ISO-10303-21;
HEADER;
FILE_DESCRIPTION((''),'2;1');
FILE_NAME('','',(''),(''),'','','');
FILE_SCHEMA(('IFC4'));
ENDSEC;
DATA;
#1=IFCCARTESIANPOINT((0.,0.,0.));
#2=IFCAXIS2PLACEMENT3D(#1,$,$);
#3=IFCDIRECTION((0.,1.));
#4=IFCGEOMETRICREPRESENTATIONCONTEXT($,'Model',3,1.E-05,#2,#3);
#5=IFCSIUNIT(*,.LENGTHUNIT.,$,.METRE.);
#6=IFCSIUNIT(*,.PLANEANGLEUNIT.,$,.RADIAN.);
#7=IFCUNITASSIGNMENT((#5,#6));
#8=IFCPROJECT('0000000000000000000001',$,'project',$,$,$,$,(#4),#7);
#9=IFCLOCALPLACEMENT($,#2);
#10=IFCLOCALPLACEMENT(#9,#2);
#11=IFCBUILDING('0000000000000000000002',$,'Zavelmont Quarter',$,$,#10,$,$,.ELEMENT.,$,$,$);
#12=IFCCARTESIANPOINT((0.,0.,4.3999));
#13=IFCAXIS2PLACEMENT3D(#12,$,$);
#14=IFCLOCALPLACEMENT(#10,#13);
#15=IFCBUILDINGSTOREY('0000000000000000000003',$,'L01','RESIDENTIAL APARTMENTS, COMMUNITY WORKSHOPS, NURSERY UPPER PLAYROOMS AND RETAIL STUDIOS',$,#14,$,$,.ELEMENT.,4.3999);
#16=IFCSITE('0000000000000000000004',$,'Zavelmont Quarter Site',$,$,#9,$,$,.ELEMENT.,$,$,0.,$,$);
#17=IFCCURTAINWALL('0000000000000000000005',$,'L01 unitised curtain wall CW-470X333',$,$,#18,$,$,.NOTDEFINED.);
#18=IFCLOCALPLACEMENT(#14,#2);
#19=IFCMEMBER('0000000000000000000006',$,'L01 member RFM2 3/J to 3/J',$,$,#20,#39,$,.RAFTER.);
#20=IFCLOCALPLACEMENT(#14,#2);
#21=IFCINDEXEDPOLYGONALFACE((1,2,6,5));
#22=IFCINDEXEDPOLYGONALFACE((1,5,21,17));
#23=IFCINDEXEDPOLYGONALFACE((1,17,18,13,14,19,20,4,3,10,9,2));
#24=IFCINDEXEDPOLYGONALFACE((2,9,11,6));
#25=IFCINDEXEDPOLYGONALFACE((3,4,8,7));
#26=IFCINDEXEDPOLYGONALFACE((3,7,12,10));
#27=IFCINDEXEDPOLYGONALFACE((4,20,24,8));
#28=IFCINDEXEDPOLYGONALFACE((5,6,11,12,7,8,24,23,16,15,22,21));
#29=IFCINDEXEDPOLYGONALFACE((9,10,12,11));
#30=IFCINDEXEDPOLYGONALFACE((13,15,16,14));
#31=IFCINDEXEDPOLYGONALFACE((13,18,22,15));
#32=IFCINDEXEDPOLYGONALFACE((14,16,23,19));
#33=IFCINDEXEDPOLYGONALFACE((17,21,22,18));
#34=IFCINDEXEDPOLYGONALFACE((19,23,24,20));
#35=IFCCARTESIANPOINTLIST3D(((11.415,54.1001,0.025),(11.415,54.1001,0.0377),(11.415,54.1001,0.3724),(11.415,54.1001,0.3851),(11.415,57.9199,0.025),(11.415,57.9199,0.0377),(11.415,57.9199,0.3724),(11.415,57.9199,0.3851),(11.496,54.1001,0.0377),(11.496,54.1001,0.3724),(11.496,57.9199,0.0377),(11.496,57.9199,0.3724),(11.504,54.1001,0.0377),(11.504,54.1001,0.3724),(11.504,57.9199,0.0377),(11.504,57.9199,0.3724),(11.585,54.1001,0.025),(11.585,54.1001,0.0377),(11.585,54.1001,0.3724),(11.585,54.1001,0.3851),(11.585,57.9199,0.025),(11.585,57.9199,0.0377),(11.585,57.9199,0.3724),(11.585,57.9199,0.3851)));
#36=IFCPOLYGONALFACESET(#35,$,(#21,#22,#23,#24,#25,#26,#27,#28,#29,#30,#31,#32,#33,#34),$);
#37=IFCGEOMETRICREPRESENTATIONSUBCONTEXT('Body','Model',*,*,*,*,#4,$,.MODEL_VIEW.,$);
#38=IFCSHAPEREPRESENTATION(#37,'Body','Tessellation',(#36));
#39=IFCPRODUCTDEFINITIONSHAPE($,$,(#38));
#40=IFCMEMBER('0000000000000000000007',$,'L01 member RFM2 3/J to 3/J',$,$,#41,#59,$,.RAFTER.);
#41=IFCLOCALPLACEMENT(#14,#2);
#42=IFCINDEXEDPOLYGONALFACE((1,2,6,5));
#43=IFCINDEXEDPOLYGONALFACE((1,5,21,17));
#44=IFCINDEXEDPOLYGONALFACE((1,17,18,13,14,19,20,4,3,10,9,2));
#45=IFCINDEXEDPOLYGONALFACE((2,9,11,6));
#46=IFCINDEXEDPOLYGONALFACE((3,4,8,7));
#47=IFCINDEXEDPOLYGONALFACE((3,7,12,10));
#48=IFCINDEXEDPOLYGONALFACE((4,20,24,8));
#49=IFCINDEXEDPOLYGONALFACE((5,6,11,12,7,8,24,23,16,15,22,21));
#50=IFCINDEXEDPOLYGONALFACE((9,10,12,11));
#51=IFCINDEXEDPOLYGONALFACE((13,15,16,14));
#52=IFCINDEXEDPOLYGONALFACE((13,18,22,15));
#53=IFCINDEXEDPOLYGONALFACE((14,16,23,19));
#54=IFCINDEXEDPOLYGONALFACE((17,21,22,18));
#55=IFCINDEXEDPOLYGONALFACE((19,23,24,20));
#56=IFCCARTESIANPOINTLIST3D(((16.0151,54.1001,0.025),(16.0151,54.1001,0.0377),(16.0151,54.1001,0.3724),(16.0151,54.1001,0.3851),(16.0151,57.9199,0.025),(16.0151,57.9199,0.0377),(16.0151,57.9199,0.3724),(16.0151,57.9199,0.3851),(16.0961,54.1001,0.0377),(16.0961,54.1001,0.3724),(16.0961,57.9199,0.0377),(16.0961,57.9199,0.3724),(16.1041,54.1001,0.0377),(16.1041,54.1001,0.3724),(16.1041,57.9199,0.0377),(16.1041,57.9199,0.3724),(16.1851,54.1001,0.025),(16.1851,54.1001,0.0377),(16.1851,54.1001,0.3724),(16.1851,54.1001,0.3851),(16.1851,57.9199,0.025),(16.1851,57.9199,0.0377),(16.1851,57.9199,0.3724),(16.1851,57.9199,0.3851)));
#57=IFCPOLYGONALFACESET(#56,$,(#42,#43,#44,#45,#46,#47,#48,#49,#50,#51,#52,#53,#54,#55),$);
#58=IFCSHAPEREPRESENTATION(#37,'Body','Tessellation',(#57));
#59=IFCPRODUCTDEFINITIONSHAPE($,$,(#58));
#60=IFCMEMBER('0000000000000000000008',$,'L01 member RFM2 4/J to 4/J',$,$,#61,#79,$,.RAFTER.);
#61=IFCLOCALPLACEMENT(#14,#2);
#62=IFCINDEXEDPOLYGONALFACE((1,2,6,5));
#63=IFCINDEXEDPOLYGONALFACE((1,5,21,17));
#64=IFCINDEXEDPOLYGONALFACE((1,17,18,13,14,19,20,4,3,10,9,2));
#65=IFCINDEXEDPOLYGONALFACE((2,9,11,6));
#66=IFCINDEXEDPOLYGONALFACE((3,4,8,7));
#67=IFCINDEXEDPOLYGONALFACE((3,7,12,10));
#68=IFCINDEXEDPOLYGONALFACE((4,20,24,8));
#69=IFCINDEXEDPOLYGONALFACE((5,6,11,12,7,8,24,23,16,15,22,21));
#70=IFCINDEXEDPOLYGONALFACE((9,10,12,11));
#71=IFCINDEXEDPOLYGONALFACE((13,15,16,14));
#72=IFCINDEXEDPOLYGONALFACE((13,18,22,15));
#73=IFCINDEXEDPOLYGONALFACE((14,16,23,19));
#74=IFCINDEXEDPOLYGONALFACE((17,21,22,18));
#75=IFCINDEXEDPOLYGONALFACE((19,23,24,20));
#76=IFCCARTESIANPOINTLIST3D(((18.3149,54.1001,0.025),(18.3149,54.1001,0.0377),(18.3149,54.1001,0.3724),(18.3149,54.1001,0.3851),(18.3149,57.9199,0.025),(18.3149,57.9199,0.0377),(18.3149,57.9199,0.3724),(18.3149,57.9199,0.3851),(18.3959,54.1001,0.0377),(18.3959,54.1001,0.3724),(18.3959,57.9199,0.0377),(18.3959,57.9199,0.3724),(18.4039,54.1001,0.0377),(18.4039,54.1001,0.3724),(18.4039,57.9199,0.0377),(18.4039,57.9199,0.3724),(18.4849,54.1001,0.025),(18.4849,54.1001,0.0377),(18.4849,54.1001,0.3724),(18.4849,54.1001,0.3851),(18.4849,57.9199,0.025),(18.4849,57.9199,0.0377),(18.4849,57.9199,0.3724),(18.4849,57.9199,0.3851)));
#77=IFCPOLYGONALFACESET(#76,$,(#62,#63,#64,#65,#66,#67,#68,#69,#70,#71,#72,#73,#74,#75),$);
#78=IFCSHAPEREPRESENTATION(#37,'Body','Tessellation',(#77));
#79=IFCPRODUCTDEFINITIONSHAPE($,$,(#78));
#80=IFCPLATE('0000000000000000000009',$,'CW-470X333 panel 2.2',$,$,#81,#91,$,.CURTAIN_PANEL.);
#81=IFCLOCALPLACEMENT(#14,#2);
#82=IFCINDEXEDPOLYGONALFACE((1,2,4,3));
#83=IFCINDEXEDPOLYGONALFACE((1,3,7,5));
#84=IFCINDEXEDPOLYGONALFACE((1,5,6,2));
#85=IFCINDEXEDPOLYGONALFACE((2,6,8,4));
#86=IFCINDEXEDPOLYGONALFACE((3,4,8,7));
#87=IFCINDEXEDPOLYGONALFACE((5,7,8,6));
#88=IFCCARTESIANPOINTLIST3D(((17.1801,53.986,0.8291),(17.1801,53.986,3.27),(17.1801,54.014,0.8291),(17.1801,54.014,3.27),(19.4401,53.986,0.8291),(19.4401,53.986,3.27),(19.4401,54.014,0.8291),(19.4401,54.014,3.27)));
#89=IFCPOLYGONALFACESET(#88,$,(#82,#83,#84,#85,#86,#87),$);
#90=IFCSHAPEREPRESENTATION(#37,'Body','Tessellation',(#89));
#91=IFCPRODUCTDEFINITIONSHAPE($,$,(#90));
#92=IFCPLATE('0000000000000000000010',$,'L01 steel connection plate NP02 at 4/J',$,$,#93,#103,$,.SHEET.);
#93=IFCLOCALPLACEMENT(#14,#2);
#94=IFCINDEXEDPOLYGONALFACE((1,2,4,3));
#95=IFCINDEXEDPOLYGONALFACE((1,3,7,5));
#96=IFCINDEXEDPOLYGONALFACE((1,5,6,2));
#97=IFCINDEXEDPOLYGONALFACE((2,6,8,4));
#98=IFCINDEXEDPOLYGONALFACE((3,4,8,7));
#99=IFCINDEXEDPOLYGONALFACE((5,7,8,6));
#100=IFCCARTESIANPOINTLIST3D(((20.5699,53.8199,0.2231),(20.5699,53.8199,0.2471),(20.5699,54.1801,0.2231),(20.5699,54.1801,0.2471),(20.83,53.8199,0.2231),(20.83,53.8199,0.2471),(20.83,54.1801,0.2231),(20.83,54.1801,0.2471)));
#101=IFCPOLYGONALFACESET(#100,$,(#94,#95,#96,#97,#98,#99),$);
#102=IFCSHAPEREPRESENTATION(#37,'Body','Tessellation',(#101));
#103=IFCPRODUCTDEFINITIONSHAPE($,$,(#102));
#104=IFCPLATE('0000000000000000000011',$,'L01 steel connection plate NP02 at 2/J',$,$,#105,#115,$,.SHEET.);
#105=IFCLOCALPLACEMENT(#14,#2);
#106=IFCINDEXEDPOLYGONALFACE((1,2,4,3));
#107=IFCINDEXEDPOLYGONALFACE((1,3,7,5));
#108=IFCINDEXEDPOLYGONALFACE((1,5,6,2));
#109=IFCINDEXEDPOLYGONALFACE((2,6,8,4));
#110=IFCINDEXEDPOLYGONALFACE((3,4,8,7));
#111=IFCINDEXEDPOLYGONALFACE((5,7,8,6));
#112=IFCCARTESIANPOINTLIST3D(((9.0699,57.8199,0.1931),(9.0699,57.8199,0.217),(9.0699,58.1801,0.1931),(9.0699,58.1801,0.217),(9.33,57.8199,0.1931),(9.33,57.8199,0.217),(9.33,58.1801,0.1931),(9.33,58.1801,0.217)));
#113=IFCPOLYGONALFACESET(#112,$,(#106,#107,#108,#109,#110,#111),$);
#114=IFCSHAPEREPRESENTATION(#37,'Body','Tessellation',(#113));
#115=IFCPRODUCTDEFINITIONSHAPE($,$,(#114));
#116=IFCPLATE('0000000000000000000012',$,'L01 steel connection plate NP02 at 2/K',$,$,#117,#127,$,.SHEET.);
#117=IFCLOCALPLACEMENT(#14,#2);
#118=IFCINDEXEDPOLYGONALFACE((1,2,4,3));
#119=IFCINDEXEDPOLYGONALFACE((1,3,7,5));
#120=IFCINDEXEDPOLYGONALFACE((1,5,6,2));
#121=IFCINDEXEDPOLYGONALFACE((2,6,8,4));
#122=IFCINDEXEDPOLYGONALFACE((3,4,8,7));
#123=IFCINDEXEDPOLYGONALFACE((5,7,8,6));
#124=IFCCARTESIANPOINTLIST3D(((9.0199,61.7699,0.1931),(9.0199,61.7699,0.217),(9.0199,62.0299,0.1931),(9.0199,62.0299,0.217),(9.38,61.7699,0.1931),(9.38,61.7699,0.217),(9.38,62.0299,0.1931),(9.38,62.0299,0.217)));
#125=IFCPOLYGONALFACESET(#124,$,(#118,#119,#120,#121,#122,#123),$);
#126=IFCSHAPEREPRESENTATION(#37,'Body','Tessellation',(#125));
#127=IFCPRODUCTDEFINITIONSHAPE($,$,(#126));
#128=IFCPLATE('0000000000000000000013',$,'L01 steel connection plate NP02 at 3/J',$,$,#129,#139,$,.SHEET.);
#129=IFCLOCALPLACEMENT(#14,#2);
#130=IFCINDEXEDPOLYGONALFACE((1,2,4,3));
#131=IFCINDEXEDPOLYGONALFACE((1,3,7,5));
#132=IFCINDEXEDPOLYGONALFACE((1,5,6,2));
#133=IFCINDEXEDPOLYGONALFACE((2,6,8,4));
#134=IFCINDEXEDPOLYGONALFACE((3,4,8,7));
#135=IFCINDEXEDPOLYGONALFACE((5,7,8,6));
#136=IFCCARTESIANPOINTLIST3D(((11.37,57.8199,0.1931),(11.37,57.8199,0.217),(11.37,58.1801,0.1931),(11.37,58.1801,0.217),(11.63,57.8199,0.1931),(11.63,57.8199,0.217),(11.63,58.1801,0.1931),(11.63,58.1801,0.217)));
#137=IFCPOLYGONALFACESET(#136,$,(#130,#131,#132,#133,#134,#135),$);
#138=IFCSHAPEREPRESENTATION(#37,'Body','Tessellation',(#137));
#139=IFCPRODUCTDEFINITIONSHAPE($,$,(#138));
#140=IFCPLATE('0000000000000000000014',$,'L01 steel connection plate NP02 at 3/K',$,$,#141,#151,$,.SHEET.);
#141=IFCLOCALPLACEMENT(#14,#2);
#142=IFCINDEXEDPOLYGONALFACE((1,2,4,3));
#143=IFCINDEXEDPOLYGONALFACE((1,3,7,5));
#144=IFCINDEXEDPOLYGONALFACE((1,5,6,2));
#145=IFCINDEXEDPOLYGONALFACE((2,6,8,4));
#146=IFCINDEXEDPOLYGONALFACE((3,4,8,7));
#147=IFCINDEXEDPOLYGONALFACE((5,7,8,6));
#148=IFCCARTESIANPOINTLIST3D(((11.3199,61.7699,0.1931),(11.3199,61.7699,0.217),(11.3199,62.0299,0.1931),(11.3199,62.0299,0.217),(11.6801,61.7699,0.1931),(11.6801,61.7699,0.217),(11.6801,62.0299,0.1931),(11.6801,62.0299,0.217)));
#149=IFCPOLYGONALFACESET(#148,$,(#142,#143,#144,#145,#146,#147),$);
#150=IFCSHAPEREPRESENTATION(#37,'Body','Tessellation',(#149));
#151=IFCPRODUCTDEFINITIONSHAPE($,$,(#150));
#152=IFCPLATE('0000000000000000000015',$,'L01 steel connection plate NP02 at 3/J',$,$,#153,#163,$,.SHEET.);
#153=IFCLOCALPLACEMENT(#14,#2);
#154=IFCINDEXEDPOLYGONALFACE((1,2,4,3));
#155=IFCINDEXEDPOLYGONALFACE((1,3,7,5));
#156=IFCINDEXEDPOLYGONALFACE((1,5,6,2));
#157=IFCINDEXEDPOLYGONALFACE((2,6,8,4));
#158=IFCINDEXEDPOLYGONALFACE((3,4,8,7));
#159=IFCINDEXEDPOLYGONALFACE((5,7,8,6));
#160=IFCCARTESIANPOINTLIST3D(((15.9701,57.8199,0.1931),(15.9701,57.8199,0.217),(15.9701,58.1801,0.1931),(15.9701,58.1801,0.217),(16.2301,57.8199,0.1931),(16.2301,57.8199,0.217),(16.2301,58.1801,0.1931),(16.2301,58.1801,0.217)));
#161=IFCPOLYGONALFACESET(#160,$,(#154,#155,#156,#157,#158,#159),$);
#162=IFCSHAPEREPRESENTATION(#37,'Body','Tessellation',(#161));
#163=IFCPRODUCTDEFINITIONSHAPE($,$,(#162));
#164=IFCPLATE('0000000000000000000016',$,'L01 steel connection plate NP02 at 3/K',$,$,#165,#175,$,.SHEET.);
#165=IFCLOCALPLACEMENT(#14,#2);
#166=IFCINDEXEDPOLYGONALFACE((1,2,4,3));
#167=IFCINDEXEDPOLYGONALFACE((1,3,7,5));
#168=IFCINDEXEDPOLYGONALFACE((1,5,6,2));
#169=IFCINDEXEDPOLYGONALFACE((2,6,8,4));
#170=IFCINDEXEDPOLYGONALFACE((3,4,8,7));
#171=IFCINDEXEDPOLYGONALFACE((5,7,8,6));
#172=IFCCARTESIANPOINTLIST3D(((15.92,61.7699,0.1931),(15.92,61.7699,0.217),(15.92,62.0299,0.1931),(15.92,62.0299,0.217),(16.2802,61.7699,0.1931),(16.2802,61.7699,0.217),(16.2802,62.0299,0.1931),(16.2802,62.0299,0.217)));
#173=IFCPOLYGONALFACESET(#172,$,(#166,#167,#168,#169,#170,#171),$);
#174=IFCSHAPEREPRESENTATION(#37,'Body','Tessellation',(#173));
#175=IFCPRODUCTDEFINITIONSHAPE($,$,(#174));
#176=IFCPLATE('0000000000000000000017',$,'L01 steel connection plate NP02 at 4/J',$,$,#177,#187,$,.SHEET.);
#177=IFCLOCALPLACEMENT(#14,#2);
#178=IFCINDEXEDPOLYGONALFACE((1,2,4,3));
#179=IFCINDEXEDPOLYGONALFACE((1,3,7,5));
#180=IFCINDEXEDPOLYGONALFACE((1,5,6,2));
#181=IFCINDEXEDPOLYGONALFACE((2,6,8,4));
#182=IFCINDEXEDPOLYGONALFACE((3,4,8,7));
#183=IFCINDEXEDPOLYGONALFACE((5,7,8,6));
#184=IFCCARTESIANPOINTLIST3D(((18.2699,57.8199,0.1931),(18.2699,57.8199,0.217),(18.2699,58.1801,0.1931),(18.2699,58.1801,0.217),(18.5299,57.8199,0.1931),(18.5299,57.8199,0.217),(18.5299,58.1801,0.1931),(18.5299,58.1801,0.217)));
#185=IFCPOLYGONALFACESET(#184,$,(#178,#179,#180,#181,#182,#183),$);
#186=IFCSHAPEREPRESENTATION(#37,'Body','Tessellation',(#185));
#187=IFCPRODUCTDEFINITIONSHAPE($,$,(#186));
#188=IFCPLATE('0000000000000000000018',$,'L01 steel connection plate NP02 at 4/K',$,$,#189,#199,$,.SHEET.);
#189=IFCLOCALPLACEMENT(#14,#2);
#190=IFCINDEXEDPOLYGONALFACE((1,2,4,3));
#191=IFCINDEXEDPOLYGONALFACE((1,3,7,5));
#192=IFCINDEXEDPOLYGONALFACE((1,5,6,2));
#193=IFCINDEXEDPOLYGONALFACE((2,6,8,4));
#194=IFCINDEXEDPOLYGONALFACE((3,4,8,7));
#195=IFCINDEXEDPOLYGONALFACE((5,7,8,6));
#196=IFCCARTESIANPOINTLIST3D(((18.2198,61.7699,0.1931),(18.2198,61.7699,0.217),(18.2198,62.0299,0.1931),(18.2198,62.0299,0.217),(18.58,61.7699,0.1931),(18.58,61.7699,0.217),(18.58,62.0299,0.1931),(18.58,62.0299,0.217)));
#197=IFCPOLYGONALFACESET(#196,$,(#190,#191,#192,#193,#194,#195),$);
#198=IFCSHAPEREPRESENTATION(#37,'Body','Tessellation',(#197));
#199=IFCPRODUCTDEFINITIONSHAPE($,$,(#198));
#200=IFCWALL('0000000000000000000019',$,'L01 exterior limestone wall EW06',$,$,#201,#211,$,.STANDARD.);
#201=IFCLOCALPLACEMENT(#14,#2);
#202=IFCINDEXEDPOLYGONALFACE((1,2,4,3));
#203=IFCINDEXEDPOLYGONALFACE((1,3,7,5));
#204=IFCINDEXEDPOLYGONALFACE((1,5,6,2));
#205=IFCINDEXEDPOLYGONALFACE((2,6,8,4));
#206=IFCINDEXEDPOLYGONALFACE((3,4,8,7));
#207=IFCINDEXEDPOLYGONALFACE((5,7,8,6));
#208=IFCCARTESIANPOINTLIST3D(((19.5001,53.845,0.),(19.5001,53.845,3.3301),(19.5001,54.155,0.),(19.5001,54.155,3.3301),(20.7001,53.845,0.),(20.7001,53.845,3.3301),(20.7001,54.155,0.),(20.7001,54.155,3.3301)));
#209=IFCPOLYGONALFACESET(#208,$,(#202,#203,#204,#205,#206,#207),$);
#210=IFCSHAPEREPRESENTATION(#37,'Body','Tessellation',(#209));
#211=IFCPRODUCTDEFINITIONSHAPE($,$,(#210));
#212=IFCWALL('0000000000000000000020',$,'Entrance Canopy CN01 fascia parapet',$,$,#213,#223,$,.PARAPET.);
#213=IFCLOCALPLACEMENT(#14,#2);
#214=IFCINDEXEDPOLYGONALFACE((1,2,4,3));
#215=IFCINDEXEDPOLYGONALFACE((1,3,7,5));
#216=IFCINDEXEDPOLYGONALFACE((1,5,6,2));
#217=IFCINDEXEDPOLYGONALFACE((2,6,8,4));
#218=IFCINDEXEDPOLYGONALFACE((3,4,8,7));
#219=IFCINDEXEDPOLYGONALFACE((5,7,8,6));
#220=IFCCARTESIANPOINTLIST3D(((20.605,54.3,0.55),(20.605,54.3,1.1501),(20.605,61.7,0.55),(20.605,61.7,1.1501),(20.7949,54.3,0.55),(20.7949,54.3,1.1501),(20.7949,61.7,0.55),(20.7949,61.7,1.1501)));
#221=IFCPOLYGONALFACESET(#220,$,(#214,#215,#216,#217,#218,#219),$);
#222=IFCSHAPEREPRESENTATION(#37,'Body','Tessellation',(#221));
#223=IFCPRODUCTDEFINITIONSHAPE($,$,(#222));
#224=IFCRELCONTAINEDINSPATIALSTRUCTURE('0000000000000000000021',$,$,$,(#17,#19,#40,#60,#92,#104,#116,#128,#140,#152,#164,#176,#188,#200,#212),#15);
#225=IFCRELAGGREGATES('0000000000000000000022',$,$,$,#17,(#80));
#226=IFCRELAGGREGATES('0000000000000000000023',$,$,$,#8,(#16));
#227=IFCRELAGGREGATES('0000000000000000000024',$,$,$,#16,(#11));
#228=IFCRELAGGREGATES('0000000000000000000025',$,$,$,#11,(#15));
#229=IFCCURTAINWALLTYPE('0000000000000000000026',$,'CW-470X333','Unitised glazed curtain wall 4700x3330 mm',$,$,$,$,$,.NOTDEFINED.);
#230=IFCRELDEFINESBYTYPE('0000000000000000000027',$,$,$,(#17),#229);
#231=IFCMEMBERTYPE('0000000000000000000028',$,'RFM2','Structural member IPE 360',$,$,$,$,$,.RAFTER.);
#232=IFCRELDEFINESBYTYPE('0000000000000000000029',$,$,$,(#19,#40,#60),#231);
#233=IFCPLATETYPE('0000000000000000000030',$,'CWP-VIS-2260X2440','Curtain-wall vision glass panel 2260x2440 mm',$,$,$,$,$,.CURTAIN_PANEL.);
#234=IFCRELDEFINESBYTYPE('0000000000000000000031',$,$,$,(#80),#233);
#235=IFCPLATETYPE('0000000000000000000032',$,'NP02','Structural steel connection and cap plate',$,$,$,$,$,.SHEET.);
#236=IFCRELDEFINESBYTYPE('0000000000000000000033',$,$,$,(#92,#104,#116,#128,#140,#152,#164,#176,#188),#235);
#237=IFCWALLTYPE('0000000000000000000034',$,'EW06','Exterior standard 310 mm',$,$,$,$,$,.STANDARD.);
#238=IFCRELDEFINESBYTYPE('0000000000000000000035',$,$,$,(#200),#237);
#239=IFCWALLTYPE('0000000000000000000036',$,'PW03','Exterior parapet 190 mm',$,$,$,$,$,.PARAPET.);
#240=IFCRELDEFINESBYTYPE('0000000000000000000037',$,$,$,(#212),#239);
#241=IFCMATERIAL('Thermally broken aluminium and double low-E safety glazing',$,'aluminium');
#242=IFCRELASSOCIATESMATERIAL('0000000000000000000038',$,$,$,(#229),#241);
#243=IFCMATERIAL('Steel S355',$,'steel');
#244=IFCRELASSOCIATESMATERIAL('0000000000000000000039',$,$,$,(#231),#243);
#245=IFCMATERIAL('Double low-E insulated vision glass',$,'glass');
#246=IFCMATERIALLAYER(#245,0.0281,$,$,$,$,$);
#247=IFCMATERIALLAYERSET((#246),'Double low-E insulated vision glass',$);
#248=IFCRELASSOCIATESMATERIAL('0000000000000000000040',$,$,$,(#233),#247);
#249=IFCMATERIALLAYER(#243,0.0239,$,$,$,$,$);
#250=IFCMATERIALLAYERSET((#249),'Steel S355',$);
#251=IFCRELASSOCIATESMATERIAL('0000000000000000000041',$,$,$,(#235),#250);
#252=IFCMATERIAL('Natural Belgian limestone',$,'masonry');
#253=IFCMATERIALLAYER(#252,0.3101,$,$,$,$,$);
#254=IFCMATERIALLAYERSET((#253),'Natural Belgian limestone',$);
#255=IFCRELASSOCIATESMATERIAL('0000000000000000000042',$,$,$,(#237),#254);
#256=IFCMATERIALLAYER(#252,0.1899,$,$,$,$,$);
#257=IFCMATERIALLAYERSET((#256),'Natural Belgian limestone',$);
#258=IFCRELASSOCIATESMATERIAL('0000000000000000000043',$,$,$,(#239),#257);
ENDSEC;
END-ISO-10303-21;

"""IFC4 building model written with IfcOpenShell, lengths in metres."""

from ifc_helpers import new_model, si_unit, direction, frame, frame_2d, origin, origin_2d, place, context, subcontext, project, spatial, rectangle, i_section, extrude, material, layer, layer_set, material_profile, profile_set, type_object, element, aggregate, save


model = new_model("IFC4")

# Units and contexts
model_context = context("Model", 3, precision=1e-05, world=origin(), true_north=direction((0.0, 1.0)))
body_context = subcontext(model_context, "Body", "Model", "MODEL_VIEW")
ifc_project = project(units=[si_unit("LENGTHUNIT", "METRE"), si_unit("PLANEANGLEUNIT", "RADIAN")], contexts=[model_context])

# Site, building, storey
site_placement = place(None, origin())
site = spatial("IfcSite", under=ifc_project, at=site_placement, Name="Zavelmont Quarter Site", CompositionType="ELEMENT", RefElevation=0.0)
building_placement = place(site_placement, origin())
building = spatial("IfcBuilding", under=site, at=building_placement, Name="Zavelmont Quarter", CompositionType="ELEMENT")
storey_placement = place(building_placement, frame((0.0, 0.0, 4.3999)))
storey = spatial("IfcBuildingStorey", under=building, at=storey_placement, Name="L01", Description="RESIDENTIAL APARTMENTS, COMMUNITY WORKSHOPS, NURSERY UPPER PLAYROOMS AND RETAIL STUDIOS", CompositionType="ELEMENT", Elevation=4.3999)

# Shared definitions
ifc_material_1 = material(Name="Steel S355", Category="steel")

# Curtain wall
ifc_material_2 = material(Name="Thermally broken aluminium and double low-E safety glazing", Category="aluminium")
curtain_wall_type = type_object("IfcCurtainWallType", Name="CW-470X333", Description="Unitised glazed curtain wall 4700x3330 mm", PredefinedType="NOTDEFINED", material=ifc_material_2)
curtain_wall_placement = place(storey_placement, origin())
curtain_wall = element("IfcCurtainWall", 1, at=curtain_wall_placement, inside=storey, type_object=curtain_wall_type, Name="L01 unitised curtain wall CW-470X333", PredefinedType="NOTDEFINED")

# Members
ifc_material_profile_1 = material_profile(ifc_material_1, i_section(OverallWidth=0.1699, OverallDepth=0.3601, WebThickness=0.0081, FlangeThickness=0.0127, at=origin_2d()), Name="IPE 360")
ifc_profile_set_1 = profile_set([ifc_material_profile_1], Name="Steel S355")
member_type_1 = type_object("IfcMemberType", Name="RFM2", Description="Structural member IPE 360", PredefinedType="RAFTER", material=ifc_profile_set_1)
for number, where, z_axis, x_axis, name in (
    (2, (11.5, 54.1001, 0.2051), (0.0, 1.0, 0.0), (-1.0, 0.0, 0.0), "L01 member RFM2 3/J to 3/J"),
    (3, (16.1001, 54.1001, 0.2051), (0.0, 1.0, 0.0), (-1.0, 0.0, 0.0), "L01 member RFM2 3/J to 3/J"),
    (4, (18.3999, 54.1001, 0.2051), (0.0, 1.0, 0.0), (-1.0, 0.0, 0.0), "L01 member RFM2 4/J to 4/J"),
):
    element("IfcMember", number, at=place(storey_placement, frame(where, z_axis=z_axis, x_axis=x_axis)), inside=storey, type_object=member_type_1, Name=name, PredefinedType="RAFTER", context=body_context, shape_type="SweptSolid", body=[
        extrude(i_section(OverallWidth=0.1699, OverallDepth=0.3601, WebThickness=0.0081, FlangeThickness=0.0127, at=origin_2d()), origin(), (0.0, 0.0, 1.0), 3.8198),
    ])

# Plate
ifc_material_3 = material(Name="Double low-E insulated vision glass", Category="glass")
ifc_layer_1 = layer(ifc_material_3, 0.0281)
ifc_layer_set_1 = layer_set([ifc_layer_1], Name="Double low-E insulated vision glass")
plate_type_1 = type_object("IfcPlateType", Name="CWP-VIS-2260X2440", Description="Curtain-wall vision glass panel 2260x2440 mm", PredefinedType="CURTAIN_PANEL", material=ifc_layer_set_1)
plate_placement = place(storey_placement, frame((18.3101, 54.0, 0.8291), z_axis=(0.0, 0.0, 1.0), x_axis=(1.0, 0.0, 0.0)))
plate = element("IfcPlate", 5, at=plate_placement, type_object=plate_type_1, Name="CW-470X333 panel 2.2", PredefinedType="CURTAIN_PANEL", context=body_context, shape_type="SweptSolid", body=[
    extrude(rectangle(XDim=2.26, YDim=0.0281, at=origin_2d()), origin(), (0.0, 0.0, 1.0), 2.4409),
])
aggregate(curtain_wall, [plate])

# Plates
ifc_layer_2 = layer(ifc_material_1, 0.0239)
ifc_layer_set_2 = layer_set([ifc_layer_2], Name="Steel S355")
plate_type_2 = type_object("IfcPlateType", Name="NP02", Description="Structural steel connection and cap plate", PredefinedType="SHEET", material=ifc_layer_set_2)
for number, where, z_axis, x_axis, name in (
    (6, (20.7, 54.0, 0.2231), (0.0, 0.0, 1.0), (0.0, 1.0, 0.0), "L01 steel connection plate NP02 at 4/J"),
    (7, (9.2, 58.0, 0.1931), (0.0, 0.0, 1.0), (0.0, 1.0, 0.0), "L01 steel connection plate NP02 at 2/J"),
    (8, (9.2, 61.8999, 0.1931), (0.0, 0.0, 1.0), (1.0, 0.0, 0.0), "L01 steel connection plate NP02 at 2/K"),
    (9, (11.5, 58.0, 0.1931), (0.0, 0.0, 1.0), (0.0, 1.0, 0.0), "L01 steel connection plate NP02 at 3/J"),
    (10, (11.5, 61.8999, 0.1931), (0.0, 0.0, 1.0), (1.0, 0.0, 0.0), "L01 steel connection plate NP02 at 3/K"),
    (11, (16.1001, 58.0, 0.1931), (0.0, 0.0, 1.0), (0.0, 1.0, 0.0), "L01 steel connection plate NP02 at 3/J"),
    (12, (16.1001, 61.8999, 0.1931), (0.0, 0.0, 1.0), (1.0, 0.0, 0.0), "L01 steel connection plate NP02 at 3/K"),
    (13, (18.3999, 58.0, 0.1931), (0.0, 0.0, 1.0), (0.0, 1.0, 0.0), "L01 steel connection plate NP02 at 4/J"),
    (14, (18.3999, 61.8999, 0.1931), (0.0, 0.0, 1.0), (1.0, 0.0, 0.0), "L01 steel connection plate NP02 at 4/K"),
):
    element("IfcPlate", number, at=place(storey_placement, frame(where, z_axis=z_axis, x_axis=x_axis)), inside=storey, type_object=plate_type_2, Name=name, PredefinedType="SHEET", context=body_context, shape_type="SweptSolid", body=[
        extrude(rectangle(XDim=0.3601, YDim=0.26, at=origin_2d()), origin(), (0.0, 0.0, 1.0), 0.0239),
    ])

# Walls
ifc_material_4 = material(Name="Natural Belgian limestone", Category="masonry")
ifc_layer_3 = layer(ifc_material_4, 0.3101)
ifc_layer_set_3 = layer_set([ifc_layer_3], Name="Natural Belgian limestone")
wall_type_1 = type_object("IfcWallType", Name="EW06", Description="Exterior standard 310 mm", PredefinedType="STANDARD", material=ifc_layer_set_3)
wall_1_placement = place(storey_placement, frame((19.5, 54.0, 0.0), z_axis=(0.0, 0.0, 1.0), x_axis=(1.0, 0.0, 0.0)))
element("IfcWall", 15, at=wall_1_placement, inside=storey, type_object=wall_type_1, Name="L01 exterior limestone wall EW06", PredefinedType="STANDARD", context=body_context, shape_type="SweptSolid", body=[
    extrude(rectangle(XDim=1.2, YDim=0.3101, at=frame_2d((0.6001, 0.0))), origin(), (0.0, 0.0, 1.0), 3.3301),
])
ifc_layer_4 = layer(ifc_material_4, 0.1899)
ifc_layer_set_4 = layer_set([ifc_layer_4], Name="Natural Belgian limestone")
wall_type_2 = type_object("IfcWallType", Name="PW03", Description="Exterior parapet 190 mm", PredefinedType="PARAPET", material=ifc_layer_set_4)
wall_2_placement = place(storey_placement, frame((20.7, 54.3, 0.55), z_axis=(0.0, 0.0, 1.0), x_axis=(0.0, 1.0, 0.0)))
element("IfcWall", 16, at=wall_2_placement, inside=storey, type_object=wall_type_2, Name="Entrance Canopy CN01 fascia parapet", PredefinedType="PARAPET", context=body_context, shape_type="SweptSolid", body=[
    extrude(rectangle(XDim=7.3999, YDim=0.1899, at=frame_2d((3.7, 0.0))), origin(), (0.0, 0.0, 1.0), 0.6001),
])

save(model, "model.ifc")
